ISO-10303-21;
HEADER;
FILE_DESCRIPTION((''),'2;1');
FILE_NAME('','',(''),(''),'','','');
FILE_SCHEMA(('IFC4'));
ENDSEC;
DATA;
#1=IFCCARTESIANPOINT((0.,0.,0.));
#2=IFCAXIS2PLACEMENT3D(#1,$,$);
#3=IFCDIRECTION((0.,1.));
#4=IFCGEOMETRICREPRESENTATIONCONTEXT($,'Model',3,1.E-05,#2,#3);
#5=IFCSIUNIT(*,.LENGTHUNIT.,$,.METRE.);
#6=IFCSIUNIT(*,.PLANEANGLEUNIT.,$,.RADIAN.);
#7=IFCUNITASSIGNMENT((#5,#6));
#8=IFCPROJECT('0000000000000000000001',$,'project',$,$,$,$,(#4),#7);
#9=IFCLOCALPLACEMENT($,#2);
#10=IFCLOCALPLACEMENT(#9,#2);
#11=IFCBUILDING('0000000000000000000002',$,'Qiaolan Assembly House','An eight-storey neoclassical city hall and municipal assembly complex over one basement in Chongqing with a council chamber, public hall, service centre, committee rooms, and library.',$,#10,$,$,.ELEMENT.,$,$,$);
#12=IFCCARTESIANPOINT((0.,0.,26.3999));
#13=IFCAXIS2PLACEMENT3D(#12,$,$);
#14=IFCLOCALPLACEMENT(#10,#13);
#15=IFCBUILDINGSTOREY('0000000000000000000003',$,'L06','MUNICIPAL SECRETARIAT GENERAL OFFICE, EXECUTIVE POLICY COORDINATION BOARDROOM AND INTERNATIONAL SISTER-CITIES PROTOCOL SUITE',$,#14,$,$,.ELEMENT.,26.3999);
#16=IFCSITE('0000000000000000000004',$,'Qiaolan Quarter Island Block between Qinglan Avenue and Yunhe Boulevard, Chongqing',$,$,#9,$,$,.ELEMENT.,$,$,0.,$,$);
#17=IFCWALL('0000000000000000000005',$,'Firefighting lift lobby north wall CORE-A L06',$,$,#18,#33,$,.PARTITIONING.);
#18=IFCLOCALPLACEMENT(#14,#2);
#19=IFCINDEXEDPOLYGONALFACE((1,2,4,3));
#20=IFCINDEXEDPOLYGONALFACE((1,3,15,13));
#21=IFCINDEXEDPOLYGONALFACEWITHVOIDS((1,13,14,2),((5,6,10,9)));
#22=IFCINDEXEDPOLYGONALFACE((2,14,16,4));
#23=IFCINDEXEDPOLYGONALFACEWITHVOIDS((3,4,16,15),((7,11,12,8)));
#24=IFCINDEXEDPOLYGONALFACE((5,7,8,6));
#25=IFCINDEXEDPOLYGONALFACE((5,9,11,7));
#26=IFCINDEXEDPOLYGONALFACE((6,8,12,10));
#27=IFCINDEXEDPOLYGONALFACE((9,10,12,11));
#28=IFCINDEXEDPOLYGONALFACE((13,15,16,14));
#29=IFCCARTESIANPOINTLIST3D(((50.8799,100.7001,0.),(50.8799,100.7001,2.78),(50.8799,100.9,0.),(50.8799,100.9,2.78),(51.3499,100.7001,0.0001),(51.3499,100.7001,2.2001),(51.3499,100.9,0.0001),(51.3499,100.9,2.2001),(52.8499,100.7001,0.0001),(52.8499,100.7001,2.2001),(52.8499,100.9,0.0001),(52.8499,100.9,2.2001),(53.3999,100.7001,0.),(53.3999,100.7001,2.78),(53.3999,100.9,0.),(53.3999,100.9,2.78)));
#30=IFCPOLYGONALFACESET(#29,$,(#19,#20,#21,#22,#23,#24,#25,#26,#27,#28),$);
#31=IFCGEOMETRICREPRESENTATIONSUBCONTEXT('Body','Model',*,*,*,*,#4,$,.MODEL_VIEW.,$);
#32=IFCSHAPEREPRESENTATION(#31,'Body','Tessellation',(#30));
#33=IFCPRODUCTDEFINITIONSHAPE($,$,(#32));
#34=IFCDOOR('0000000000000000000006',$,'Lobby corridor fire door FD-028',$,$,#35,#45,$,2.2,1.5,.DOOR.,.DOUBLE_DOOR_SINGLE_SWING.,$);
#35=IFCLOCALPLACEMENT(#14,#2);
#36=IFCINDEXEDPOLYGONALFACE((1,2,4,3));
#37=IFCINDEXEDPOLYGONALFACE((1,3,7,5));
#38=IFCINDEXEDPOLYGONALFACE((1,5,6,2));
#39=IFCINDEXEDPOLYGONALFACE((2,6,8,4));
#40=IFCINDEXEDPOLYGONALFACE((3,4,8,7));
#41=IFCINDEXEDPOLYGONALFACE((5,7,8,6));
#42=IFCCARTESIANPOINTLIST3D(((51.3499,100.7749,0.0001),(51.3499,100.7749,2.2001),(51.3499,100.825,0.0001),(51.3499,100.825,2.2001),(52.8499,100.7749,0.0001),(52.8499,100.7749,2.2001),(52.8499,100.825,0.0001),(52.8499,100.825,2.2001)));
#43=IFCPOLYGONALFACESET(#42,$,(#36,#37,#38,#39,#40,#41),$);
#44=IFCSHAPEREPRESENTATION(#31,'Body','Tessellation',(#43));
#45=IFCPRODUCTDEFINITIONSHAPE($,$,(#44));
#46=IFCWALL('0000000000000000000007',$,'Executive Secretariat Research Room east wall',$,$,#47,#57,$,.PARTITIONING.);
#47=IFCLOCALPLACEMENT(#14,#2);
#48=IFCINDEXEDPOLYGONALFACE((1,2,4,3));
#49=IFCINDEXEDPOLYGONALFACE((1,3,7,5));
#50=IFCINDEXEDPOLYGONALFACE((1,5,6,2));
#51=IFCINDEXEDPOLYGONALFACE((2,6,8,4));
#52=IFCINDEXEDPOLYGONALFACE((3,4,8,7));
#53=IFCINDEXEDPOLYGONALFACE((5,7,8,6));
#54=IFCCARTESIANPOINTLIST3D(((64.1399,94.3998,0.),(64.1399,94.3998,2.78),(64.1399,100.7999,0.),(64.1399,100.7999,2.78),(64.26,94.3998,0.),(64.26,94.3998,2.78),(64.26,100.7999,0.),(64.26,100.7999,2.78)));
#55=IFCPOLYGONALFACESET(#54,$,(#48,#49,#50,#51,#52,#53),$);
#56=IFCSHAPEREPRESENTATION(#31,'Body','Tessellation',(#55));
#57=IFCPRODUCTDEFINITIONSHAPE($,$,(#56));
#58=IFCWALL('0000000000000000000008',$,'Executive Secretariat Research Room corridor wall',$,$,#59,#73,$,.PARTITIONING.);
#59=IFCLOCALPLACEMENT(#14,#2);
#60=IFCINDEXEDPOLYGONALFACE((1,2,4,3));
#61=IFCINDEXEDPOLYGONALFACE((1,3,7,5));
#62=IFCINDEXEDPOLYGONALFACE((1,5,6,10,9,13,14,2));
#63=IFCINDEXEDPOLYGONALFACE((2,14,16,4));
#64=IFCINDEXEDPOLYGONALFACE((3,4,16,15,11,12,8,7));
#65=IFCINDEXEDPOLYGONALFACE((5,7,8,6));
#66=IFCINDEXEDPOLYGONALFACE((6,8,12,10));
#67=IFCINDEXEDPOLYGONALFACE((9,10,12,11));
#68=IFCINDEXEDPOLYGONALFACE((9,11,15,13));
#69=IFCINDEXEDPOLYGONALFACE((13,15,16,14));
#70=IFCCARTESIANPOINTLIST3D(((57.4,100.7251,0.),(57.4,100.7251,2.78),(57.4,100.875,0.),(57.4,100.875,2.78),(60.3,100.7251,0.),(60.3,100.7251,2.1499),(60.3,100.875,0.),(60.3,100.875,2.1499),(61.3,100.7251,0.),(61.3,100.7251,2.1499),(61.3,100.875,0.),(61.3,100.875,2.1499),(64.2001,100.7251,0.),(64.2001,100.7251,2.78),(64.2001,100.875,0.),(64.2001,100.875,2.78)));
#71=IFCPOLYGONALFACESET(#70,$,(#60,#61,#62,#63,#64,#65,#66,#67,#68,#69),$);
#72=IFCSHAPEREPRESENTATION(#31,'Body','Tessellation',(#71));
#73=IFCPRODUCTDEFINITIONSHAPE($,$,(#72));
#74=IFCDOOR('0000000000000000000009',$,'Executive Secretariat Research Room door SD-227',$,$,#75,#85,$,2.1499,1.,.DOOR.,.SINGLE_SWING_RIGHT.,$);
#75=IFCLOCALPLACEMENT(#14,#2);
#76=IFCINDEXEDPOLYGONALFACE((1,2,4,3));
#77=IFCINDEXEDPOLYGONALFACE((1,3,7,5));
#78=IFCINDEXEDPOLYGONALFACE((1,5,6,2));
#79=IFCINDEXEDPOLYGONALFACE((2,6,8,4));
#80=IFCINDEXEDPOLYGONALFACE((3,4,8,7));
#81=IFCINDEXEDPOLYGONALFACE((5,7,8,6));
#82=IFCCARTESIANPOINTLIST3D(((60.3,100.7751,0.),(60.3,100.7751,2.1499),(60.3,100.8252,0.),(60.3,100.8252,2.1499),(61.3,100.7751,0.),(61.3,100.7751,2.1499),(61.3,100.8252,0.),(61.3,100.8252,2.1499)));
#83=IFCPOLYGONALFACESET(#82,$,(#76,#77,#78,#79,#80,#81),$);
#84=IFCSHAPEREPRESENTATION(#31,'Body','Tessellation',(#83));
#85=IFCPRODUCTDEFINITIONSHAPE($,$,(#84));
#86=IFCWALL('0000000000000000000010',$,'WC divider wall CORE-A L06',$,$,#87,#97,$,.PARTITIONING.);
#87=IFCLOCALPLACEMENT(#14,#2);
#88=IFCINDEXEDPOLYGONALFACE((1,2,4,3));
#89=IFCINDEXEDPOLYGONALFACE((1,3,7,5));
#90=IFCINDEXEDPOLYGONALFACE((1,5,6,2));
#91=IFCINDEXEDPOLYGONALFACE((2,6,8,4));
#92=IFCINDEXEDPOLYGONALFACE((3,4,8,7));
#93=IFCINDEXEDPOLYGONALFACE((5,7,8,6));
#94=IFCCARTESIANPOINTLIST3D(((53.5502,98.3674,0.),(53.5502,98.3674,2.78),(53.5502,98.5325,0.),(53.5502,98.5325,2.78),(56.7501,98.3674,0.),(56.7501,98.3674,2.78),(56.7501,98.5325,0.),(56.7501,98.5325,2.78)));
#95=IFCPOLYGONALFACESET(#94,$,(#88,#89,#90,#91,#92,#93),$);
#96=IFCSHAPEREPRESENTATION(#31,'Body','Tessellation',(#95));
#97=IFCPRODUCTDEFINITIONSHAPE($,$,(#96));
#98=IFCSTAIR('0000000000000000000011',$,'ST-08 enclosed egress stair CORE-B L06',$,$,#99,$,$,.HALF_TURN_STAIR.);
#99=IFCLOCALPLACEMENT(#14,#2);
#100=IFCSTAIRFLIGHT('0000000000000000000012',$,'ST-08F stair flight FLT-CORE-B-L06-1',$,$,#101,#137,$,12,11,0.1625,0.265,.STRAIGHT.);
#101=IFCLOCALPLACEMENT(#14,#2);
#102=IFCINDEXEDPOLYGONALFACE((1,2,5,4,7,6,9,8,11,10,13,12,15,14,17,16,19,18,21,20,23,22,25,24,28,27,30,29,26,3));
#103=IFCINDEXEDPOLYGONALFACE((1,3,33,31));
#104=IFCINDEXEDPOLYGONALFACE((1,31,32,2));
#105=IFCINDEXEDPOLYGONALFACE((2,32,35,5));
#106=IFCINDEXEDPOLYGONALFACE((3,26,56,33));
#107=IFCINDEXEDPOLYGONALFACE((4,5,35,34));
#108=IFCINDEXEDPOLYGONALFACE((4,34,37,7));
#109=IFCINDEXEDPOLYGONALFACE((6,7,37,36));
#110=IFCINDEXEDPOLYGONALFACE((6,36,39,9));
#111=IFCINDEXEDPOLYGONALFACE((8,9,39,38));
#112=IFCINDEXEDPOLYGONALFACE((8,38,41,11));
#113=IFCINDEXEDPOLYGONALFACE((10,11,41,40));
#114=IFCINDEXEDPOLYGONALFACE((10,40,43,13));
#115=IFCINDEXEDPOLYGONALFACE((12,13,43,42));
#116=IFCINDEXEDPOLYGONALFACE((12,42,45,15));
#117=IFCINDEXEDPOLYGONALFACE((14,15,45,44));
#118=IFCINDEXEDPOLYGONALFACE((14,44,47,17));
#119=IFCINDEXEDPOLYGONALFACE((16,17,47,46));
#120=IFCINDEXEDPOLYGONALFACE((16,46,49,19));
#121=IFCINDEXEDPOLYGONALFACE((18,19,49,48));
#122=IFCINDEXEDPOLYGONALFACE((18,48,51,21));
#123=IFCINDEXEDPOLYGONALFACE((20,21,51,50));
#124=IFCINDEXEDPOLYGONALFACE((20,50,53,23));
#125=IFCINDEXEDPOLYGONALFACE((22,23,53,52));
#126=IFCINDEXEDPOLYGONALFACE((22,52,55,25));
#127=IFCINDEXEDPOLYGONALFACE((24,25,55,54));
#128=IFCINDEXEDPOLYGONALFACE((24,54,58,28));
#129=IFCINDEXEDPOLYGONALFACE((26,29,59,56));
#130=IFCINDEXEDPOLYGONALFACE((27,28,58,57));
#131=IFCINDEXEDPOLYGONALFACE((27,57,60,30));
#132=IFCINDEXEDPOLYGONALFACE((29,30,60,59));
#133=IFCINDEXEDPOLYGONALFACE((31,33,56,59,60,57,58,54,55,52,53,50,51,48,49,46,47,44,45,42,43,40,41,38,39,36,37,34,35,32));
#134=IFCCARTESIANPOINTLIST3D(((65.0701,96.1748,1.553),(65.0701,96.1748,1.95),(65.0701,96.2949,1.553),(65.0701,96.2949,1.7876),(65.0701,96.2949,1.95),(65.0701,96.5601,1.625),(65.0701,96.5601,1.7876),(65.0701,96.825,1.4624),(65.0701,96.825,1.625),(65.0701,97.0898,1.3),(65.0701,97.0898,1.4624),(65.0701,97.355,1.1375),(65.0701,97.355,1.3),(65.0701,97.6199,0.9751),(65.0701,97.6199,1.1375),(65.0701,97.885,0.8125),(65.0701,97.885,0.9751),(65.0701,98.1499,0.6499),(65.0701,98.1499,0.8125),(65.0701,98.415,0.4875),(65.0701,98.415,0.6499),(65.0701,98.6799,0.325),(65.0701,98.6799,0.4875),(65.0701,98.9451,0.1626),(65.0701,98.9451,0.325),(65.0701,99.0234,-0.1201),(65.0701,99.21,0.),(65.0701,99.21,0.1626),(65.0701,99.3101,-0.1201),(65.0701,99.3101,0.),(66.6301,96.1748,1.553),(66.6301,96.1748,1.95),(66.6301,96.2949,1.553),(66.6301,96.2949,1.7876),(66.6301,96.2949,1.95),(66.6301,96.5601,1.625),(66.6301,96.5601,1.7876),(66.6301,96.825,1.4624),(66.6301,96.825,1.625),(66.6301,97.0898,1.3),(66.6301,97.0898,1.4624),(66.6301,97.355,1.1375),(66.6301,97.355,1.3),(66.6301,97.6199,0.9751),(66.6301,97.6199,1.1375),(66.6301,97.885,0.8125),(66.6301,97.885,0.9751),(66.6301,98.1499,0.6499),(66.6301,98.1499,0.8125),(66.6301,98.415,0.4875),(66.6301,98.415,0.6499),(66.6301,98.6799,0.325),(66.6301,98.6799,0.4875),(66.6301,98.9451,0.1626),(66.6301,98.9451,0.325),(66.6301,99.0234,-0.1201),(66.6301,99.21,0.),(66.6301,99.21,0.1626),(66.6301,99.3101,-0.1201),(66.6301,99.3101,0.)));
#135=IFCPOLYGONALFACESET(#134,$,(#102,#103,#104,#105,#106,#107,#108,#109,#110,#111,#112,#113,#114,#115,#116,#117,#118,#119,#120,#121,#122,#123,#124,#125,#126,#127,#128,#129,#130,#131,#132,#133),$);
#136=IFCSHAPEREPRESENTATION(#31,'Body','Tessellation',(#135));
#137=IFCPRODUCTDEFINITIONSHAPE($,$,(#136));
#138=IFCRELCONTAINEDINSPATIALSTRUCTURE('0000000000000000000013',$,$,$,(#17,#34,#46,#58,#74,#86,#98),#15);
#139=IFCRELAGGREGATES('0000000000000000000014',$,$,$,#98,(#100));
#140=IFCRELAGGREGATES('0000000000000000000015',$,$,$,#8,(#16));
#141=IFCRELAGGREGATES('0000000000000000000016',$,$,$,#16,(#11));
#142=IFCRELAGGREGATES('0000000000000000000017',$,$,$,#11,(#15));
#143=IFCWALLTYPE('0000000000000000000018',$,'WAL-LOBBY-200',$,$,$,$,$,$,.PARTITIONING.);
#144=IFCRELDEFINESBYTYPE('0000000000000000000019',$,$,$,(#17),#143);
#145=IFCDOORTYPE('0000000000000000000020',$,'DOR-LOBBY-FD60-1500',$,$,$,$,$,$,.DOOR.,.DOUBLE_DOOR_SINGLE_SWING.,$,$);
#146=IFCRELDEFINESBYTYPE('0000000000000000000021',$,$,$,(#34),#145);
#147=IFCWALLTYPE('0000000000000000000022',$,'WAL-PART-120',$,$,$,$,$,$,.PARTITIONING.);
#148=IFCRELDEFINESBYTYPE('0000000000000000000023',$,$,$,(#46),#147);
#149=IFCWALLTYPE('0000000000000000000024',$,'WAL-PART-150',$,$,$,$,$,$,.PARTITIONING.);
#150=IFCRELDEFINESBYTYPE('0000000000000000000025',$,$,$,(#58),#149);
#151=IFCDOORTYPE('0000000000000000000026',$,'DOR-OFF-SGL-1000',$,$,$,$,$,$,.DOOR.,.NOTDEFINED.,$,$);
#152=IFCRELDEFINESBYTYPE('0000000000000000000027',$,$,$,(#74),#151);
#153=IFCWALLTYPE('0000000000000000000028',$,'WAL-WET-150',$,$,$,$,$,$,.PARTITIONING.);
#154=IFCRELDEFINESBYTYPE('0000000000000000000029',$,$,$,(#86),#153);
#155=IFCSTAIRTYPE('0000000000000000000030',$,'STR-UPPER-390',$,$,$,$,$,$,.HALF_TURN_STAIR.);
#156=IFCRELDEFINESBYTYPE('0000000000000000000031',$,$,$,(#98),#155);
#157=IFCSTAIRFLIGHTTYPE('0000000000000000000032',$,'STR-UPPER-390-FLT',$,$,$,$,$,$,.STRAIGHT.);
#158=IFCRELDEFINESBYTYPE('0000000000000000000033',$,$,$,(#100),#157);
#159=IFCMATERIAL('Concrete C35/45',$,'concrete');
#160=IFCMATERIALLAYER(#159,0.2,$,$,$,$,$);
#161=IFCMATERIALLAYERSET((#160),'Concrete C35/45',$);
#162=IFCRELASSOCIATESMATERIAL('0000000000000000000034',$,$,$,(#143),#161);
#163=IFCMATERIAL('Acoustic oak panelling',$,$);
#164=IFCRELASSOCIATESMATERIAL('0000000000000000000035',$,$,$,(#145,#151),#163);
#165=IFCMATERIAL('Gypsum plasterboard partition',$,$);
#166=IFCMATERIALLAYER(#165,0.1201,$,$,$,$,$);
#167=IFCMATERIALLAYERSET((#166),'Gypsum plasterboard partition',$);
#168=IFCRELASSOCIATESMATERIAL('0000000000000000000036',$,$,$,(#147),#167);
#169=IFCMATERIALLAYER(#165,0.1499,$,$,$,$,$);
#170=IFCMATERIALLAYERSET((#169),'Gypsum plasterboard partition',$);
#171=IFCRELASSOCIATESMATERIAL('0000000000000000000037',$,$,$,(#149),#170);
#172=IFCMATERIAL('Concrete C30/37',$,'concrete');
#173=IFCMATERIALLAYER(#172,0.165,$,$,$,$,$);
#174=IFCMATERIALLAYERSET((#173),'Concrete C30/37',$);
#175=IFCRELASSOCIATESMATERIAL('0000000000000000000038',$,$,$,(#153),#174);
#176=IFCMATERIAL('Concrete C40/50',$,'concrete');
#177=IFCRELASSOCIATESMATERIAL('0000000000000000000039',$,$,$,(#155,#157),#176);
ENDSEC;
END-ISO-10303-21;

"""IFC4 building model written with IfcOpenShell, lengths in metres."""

from ifc_helpers import new_model, si_unit, direction, frame, frame_2d, origin, place, context, subcontext, project, spatial, polyline, rectangle, outline, extrude, material, layer, layer_set, type_object, element, fill, aggregate, save


model = new_model("IFC4")

# Units and contexts
model_context = context("Model", 3, precision=1e-05, world=origin(), true_north=direction((0.0, 1.0)))
body_context = subcontext(model_context, "Body", "Model", "MODEL_VIEW")
ifc_project = project(units=[si_unit("LENGTHUNIT", "METRE"), si_unit("PLANEANGLEUNIT", "RADIAN")], contexts=[model_context])

# Site, building, storey
site_placement = place(None, origin())
site = spatial("IfcSite", under=ifc_project, at=site_placement, Name="Qiaolan Quarter Island Block between Qinglan Avenue and Yunhe Boulevard, Chongqing", CompositionType="ELEMENT", RefElevation=0.0)
building_placement = place(site_placement, origin())
building = spatial("IfcBuilding", under=site, at=building_placement, Name="Qiaolan Assembly House", Description="An eight-storey neoclassical city hall and municipal assembly complex over one basement in Chongqing with a council chamber, public hall, service centre, committee rooms, and library.", CompositionType="ELEMENT")
storey_placement = place(building_placement, frame((0.0, 0.0, 26.3999)))
storey = spatial("IfcBuildingStorey", under=building, at=storey_placement, Name="L06", Description="MUNICIPAL SECRETARIAT GENERAL OFFICE, EXECUTIVE POLICY COORDINATION BOARDROOM AND INTERNATIONAL SISTER-CITIES PROTOCOL SUITE", CompositionType="ELEMENT", Elevation=26.3999)

# Shared definitions
ifc_material_1 = material(Name="Concrete C40/50", Category="concrete")

# Wall, opening, door
ifc_material_2 = material(Name="Concrete C35/45", Category="concrete")
ifc_layer_1 = layer(ifc_material_2, 0.2)
ifc_layer_set_1 = layer_set([ifc_layer_1], Name="Concrete C35/45")
wall_type_1 = type_object("IfcWallType", Name="WAL-LOBBY-200", PredefinedType="PARTITIONING", material=ifc_layer_set_1)
wall_1_placement = place(storey_placement, frame((53.3999, 100.8, 0.0), z_axis=(0.0, 0.0, 1.0), x_axis=(-1.0, 0.0, 0.0)))
wall_1 = element("IfcWall", 1, at=wall_1_placement, inside=storey, type_object=wall_type_1, Name="Firefighting lift lobby north wall CORE-A L06", PredefinedType="PARTITIONING", context=body_context, shape_type="SweptSolid", body=[
    extrude(rectangle(XDim=2.52, YDim=0.2, at=frame_2d((1.26, 0.0))), origin(), (0.0, 0.0, 1.0), 2.78),
])
opening_1_placement = place(wall_1_placement, frame((0.55, 0.0, 0.0)))
opening_1 = element("IfcOpeningElement", 2, at=opening_1_placement, cuts=wall_1, PredefinedType="OPENING", context=body_context, shape_type="SweptSolid", body=[
    extrude(rectangle(XDim=1.5, YDim=2.2, at=frame_2d((0.75, 1.1001))), frame((0.0, 0.1099, 0.0), z_axis=(0.0, -1.0, 0.0), x_axis=(1.0, 0.0, 0.0)), (0.0, 0.0, 1.0), 0.22),
])
ifc_material_3 = material(Name="Acoustic oak panelling")
door_type_1 = type_object("IfcDoorType", Name="DOR-LOBBY-FD60-1500", OperationType="DOUBLE_DOOR_SINGLE_SWING", PredefinedType="DOOR", material=ifc_material_3)
door_1_placement = place(opening_1_placement, frame((1.5, 0.0, 0.0), z_axis=(0.0, 0.0, 1.0), x_axis=(-1.0, 0.0, 0.0)))
door_1 = element("IfcDoor", 3, at=door_1_placement, inside=storey, type_object=door_type_1, Name="Lobby corridor fire door FD-028", OperationType="DOUBLE_DOOR_SINGLE_SWING", OverallHeight=2.2, OverallWidth=1.5, PredefinedType="DOOR", context=body_context, shape_type="SweptSolid", body=[
    extrude(rectangle(XDim=1.5, YDim=2.2, at=frame_2d((0.75, 1.1001))), frame((0.0, 0.0249, 0.0), z_axis=(0.0, -1.0, 0.0), x_axis=(1.0, 0.0, 0.0)), (0.0, 0.0, 1.0), 0.05),
])
fill(opening_1, door_1)

# Wall
ifc_material_4 = material(Name="Gypsum plasterboard partition")
ifc_layer_2 = layer(ifc_material_4, 0.1201)
ifc_layer_set_2 = layer_set([ifc_layer_2], Name="Gypsum plasterboard partition")
wall_type_2 = type_object("IfcWallType", Name="WAL-PART-120", PredefinedType="PARTITIONING", material=ifc_layer_set_2)
wall_2_placement = place(storey_placement, frame((64.2, 100.8, 0.0), z_axis=(0.0, 0.0, 1.0), x_axis=(0.0, -1.0, 0.0)))
element("IfcWall", 4, at=wall_2_placement, inside=storey, type_object=wall_type_2, Name="Executive Secretariat Research Room east wall", PredefinedType="PARTITIONING", context=body_context, shape_type="SweptSolid", body=[
    extrude(rectangle(XDim=6.4001, YDim=0.1201, at=frame_2d((3.2002, 0.0))), origin(), (0.0, 0.0, 1.0), 2.78),
])

# Wall, opening, door
ifc_layer_3 = layer(ifc_material_4, 0.1499)
ifc_layer_set_3 = layer_set([ifc_layer_3], Name="Gypsum plasterboard partition")
wall_type_3 = type_object("IfcWallType", Name="WAL-PART-150", PredefinedType="PARTITIONING", material=ifc_layer_set_3)
wall_3_placement = place(storey_placement, frame((64.2, 100.8, 0.0), z_axis=(0.0, 0.0, 1.0), x_axis=(-1.0, 0.0, 0.0)))
wall_3 = element("IfcWall", 5, at=wall_3_placement, inside=storey, type_object=wall_type_3, Name="Executive Secretariat Research Room corridor wall", PredefinedType="PARTITIONING", context=body_context, shape_type="SweptSolid", body=[
    extrude(rectangle(XDim=6.8, YDim=0.1499, at=frame_2d((3.3999, 0.0))), origin(), (0.0, 0.0, 1.0), 2.78),
])
opening_2_placement = place(wall_3_placement, frame((2.8999, 0.0, 0.0)))
opening_2 = element("IfcOpeningElement", 6, at=opening_2_placement, cuts=wall_3, PredefinedType="OPENING", context=body_context, shape_type="SweptSolid", body=[
    extrude(rectangle(XDim=1.0, YDim=2.1499, at=frame_2d((0.5, 1.075))), frame((0.0, 0.085, 0.0), z_axis=(0.0, -1.0, 0.0), x_axis=(1.0, 0.0, 0.0)), (0.0, 0.0, 1.0), 0.1699),
])
door_type_2 = type_object("IfcDoorType", Name="DOR-OFF-SGL-1000", OperationType="NOTDEFINED", PredefinedType="DOOR", material=ifc_material_3)
door_2_placement = place(opening_2_placement, origin())
door_2 = element("IfcDoor", 7, at=door_2_placement, inside=storey, type_object=door_type_2, Name="Executive Secretariat Research Room door SD-227", OperationType="SINGLE_SWING_RIGHT", OverallHeight=2.1499, OverallWidth=1.0, PredefinedType="DOOR", context=body_context, shape_type="SweptSolid", body=[
    extrude(rectangle(XDim=1.0, YDim=2.1499, at=frame_2d((0.5, 1.075))), frame((0.0, 0.0249, 0.0), z_axis=(0.0, -1.0, 0.0), x_axis=(1.0, 0.0, 0.0)), (0.0, 0.0, 1.0), 0.05),
])
fill(opening_2, door_2)
ifc_material_5 = material(Name="Concrete C30/37", Category="concrete")
ifc_layer_4 = layer(ifc_material_5, 0.165)
ifc_layer_set_4 = layer_set([ifc_layer_4], Name="Concrete C30/37")
wall_type_4 = type_object("IfcWallType", Name="WAL-WET-150", PredefinedType="PARTITIONING", material=ifc_layer_set_4)

# Wall
wall_4_placement = place(storey_placement, frame((53.55, 98.45, 0.0), z_axis=(0.0, 0.0, 1.0), x_axis=(1.0, 0.0, 0.0)))
element("IfcWall", 8, at=wall_4_placement, inside=storey, type_object=wall_type_4, Name="WC divider wall CORE-A L06", PredefinedType="PARTITIONING", context=body_context, shape_type="SweptSolid", body=[
    extrude(rectangle(XDim=3.2, YDim=0.165, at=frame_2d((1.6001, 0.0))), origin(), (0.0, 0.0, 1.0), 2.78),
])

# Stair, stair flight
stair_type = type_object("IfcStairType", Name="STR-UPPER-390", PredefinedType="HALF_TURN_STAIR", material=ifc_material_1)
stair_placement = place(storey_placement, origin())
stair = element("IfcStair", 9, at=stair_placement, inside=storey, type_object=stair_type, Name="ST-08 enclosed egress stair CORE-B L06", PredefinedType="HALF_TURN_STAIR")
stair_flight_type = type_object("IfcStairFlightType", Name="STR-UPPER-390-FLT", PredefinedType="STRAIGHT", material=ifc_material_1)
stair_flight_placement = place(storey_placement, frame((65.8501, 99.21, 0.0), z_axis=(0.0, 0.0, 1.0), x_axis=(0.0, -1.0, 0.0)))
stair_flight = element("IfcStairFlight", 10, at=stair_flight_placement, type_object=stair_flight_type, Name="ST-08F stair flight FLT-CORE-B-L06-1", NumberOfRisers=12, NumberOfTreads=11, PredefinedType="STRAIGHT", RiserHeight=0.1625, TreadLength=0.265, context=body_context, shape_type="SweptSolid", body=[
    extrude(outline(polyline([(-0.1001, -0.1201), (-0.1001, 0.0), (0.0, 0.0), (0.0, 0.1626), (0.2649, 0.1626), (0.2649, 0.325), (0.53, 0.325), (0.53, 0.4875), (0.7949, 0.4875), (0.7949, 0.6499), (1.0601, 0.6499), (1.0601, 0.8125), (1.325, 0.8125), (1.325, 0.9751), (1.5901, 0.9751), (1.5901, 1.1375), (1.855, 1.1375), (1.855, 1.3), (2.1201, 1.3), (2.1201, 1.4624), (2.385, 1.4624), (2.385, 1.625), (2.6499, 1.625), (2.6499, 1.7876), (2.915, 1.7876), (2.915, 1.95), (3.0352, 1.95), (3.0352, 1.553), (2.915, 1.553), (0.1865, -0.1201), (-0.1001, -0.1201)])), frame((0.0, 0.78, 0.0), z_axis=(0.0, -1.0, 0.0), x_axis=(1.0, 0.0, 0.0)), (0.0, 0.0, 1.0), 1.5601),
])
aggregate(stair, [stair_flight])

save(model, "model.ifc")
